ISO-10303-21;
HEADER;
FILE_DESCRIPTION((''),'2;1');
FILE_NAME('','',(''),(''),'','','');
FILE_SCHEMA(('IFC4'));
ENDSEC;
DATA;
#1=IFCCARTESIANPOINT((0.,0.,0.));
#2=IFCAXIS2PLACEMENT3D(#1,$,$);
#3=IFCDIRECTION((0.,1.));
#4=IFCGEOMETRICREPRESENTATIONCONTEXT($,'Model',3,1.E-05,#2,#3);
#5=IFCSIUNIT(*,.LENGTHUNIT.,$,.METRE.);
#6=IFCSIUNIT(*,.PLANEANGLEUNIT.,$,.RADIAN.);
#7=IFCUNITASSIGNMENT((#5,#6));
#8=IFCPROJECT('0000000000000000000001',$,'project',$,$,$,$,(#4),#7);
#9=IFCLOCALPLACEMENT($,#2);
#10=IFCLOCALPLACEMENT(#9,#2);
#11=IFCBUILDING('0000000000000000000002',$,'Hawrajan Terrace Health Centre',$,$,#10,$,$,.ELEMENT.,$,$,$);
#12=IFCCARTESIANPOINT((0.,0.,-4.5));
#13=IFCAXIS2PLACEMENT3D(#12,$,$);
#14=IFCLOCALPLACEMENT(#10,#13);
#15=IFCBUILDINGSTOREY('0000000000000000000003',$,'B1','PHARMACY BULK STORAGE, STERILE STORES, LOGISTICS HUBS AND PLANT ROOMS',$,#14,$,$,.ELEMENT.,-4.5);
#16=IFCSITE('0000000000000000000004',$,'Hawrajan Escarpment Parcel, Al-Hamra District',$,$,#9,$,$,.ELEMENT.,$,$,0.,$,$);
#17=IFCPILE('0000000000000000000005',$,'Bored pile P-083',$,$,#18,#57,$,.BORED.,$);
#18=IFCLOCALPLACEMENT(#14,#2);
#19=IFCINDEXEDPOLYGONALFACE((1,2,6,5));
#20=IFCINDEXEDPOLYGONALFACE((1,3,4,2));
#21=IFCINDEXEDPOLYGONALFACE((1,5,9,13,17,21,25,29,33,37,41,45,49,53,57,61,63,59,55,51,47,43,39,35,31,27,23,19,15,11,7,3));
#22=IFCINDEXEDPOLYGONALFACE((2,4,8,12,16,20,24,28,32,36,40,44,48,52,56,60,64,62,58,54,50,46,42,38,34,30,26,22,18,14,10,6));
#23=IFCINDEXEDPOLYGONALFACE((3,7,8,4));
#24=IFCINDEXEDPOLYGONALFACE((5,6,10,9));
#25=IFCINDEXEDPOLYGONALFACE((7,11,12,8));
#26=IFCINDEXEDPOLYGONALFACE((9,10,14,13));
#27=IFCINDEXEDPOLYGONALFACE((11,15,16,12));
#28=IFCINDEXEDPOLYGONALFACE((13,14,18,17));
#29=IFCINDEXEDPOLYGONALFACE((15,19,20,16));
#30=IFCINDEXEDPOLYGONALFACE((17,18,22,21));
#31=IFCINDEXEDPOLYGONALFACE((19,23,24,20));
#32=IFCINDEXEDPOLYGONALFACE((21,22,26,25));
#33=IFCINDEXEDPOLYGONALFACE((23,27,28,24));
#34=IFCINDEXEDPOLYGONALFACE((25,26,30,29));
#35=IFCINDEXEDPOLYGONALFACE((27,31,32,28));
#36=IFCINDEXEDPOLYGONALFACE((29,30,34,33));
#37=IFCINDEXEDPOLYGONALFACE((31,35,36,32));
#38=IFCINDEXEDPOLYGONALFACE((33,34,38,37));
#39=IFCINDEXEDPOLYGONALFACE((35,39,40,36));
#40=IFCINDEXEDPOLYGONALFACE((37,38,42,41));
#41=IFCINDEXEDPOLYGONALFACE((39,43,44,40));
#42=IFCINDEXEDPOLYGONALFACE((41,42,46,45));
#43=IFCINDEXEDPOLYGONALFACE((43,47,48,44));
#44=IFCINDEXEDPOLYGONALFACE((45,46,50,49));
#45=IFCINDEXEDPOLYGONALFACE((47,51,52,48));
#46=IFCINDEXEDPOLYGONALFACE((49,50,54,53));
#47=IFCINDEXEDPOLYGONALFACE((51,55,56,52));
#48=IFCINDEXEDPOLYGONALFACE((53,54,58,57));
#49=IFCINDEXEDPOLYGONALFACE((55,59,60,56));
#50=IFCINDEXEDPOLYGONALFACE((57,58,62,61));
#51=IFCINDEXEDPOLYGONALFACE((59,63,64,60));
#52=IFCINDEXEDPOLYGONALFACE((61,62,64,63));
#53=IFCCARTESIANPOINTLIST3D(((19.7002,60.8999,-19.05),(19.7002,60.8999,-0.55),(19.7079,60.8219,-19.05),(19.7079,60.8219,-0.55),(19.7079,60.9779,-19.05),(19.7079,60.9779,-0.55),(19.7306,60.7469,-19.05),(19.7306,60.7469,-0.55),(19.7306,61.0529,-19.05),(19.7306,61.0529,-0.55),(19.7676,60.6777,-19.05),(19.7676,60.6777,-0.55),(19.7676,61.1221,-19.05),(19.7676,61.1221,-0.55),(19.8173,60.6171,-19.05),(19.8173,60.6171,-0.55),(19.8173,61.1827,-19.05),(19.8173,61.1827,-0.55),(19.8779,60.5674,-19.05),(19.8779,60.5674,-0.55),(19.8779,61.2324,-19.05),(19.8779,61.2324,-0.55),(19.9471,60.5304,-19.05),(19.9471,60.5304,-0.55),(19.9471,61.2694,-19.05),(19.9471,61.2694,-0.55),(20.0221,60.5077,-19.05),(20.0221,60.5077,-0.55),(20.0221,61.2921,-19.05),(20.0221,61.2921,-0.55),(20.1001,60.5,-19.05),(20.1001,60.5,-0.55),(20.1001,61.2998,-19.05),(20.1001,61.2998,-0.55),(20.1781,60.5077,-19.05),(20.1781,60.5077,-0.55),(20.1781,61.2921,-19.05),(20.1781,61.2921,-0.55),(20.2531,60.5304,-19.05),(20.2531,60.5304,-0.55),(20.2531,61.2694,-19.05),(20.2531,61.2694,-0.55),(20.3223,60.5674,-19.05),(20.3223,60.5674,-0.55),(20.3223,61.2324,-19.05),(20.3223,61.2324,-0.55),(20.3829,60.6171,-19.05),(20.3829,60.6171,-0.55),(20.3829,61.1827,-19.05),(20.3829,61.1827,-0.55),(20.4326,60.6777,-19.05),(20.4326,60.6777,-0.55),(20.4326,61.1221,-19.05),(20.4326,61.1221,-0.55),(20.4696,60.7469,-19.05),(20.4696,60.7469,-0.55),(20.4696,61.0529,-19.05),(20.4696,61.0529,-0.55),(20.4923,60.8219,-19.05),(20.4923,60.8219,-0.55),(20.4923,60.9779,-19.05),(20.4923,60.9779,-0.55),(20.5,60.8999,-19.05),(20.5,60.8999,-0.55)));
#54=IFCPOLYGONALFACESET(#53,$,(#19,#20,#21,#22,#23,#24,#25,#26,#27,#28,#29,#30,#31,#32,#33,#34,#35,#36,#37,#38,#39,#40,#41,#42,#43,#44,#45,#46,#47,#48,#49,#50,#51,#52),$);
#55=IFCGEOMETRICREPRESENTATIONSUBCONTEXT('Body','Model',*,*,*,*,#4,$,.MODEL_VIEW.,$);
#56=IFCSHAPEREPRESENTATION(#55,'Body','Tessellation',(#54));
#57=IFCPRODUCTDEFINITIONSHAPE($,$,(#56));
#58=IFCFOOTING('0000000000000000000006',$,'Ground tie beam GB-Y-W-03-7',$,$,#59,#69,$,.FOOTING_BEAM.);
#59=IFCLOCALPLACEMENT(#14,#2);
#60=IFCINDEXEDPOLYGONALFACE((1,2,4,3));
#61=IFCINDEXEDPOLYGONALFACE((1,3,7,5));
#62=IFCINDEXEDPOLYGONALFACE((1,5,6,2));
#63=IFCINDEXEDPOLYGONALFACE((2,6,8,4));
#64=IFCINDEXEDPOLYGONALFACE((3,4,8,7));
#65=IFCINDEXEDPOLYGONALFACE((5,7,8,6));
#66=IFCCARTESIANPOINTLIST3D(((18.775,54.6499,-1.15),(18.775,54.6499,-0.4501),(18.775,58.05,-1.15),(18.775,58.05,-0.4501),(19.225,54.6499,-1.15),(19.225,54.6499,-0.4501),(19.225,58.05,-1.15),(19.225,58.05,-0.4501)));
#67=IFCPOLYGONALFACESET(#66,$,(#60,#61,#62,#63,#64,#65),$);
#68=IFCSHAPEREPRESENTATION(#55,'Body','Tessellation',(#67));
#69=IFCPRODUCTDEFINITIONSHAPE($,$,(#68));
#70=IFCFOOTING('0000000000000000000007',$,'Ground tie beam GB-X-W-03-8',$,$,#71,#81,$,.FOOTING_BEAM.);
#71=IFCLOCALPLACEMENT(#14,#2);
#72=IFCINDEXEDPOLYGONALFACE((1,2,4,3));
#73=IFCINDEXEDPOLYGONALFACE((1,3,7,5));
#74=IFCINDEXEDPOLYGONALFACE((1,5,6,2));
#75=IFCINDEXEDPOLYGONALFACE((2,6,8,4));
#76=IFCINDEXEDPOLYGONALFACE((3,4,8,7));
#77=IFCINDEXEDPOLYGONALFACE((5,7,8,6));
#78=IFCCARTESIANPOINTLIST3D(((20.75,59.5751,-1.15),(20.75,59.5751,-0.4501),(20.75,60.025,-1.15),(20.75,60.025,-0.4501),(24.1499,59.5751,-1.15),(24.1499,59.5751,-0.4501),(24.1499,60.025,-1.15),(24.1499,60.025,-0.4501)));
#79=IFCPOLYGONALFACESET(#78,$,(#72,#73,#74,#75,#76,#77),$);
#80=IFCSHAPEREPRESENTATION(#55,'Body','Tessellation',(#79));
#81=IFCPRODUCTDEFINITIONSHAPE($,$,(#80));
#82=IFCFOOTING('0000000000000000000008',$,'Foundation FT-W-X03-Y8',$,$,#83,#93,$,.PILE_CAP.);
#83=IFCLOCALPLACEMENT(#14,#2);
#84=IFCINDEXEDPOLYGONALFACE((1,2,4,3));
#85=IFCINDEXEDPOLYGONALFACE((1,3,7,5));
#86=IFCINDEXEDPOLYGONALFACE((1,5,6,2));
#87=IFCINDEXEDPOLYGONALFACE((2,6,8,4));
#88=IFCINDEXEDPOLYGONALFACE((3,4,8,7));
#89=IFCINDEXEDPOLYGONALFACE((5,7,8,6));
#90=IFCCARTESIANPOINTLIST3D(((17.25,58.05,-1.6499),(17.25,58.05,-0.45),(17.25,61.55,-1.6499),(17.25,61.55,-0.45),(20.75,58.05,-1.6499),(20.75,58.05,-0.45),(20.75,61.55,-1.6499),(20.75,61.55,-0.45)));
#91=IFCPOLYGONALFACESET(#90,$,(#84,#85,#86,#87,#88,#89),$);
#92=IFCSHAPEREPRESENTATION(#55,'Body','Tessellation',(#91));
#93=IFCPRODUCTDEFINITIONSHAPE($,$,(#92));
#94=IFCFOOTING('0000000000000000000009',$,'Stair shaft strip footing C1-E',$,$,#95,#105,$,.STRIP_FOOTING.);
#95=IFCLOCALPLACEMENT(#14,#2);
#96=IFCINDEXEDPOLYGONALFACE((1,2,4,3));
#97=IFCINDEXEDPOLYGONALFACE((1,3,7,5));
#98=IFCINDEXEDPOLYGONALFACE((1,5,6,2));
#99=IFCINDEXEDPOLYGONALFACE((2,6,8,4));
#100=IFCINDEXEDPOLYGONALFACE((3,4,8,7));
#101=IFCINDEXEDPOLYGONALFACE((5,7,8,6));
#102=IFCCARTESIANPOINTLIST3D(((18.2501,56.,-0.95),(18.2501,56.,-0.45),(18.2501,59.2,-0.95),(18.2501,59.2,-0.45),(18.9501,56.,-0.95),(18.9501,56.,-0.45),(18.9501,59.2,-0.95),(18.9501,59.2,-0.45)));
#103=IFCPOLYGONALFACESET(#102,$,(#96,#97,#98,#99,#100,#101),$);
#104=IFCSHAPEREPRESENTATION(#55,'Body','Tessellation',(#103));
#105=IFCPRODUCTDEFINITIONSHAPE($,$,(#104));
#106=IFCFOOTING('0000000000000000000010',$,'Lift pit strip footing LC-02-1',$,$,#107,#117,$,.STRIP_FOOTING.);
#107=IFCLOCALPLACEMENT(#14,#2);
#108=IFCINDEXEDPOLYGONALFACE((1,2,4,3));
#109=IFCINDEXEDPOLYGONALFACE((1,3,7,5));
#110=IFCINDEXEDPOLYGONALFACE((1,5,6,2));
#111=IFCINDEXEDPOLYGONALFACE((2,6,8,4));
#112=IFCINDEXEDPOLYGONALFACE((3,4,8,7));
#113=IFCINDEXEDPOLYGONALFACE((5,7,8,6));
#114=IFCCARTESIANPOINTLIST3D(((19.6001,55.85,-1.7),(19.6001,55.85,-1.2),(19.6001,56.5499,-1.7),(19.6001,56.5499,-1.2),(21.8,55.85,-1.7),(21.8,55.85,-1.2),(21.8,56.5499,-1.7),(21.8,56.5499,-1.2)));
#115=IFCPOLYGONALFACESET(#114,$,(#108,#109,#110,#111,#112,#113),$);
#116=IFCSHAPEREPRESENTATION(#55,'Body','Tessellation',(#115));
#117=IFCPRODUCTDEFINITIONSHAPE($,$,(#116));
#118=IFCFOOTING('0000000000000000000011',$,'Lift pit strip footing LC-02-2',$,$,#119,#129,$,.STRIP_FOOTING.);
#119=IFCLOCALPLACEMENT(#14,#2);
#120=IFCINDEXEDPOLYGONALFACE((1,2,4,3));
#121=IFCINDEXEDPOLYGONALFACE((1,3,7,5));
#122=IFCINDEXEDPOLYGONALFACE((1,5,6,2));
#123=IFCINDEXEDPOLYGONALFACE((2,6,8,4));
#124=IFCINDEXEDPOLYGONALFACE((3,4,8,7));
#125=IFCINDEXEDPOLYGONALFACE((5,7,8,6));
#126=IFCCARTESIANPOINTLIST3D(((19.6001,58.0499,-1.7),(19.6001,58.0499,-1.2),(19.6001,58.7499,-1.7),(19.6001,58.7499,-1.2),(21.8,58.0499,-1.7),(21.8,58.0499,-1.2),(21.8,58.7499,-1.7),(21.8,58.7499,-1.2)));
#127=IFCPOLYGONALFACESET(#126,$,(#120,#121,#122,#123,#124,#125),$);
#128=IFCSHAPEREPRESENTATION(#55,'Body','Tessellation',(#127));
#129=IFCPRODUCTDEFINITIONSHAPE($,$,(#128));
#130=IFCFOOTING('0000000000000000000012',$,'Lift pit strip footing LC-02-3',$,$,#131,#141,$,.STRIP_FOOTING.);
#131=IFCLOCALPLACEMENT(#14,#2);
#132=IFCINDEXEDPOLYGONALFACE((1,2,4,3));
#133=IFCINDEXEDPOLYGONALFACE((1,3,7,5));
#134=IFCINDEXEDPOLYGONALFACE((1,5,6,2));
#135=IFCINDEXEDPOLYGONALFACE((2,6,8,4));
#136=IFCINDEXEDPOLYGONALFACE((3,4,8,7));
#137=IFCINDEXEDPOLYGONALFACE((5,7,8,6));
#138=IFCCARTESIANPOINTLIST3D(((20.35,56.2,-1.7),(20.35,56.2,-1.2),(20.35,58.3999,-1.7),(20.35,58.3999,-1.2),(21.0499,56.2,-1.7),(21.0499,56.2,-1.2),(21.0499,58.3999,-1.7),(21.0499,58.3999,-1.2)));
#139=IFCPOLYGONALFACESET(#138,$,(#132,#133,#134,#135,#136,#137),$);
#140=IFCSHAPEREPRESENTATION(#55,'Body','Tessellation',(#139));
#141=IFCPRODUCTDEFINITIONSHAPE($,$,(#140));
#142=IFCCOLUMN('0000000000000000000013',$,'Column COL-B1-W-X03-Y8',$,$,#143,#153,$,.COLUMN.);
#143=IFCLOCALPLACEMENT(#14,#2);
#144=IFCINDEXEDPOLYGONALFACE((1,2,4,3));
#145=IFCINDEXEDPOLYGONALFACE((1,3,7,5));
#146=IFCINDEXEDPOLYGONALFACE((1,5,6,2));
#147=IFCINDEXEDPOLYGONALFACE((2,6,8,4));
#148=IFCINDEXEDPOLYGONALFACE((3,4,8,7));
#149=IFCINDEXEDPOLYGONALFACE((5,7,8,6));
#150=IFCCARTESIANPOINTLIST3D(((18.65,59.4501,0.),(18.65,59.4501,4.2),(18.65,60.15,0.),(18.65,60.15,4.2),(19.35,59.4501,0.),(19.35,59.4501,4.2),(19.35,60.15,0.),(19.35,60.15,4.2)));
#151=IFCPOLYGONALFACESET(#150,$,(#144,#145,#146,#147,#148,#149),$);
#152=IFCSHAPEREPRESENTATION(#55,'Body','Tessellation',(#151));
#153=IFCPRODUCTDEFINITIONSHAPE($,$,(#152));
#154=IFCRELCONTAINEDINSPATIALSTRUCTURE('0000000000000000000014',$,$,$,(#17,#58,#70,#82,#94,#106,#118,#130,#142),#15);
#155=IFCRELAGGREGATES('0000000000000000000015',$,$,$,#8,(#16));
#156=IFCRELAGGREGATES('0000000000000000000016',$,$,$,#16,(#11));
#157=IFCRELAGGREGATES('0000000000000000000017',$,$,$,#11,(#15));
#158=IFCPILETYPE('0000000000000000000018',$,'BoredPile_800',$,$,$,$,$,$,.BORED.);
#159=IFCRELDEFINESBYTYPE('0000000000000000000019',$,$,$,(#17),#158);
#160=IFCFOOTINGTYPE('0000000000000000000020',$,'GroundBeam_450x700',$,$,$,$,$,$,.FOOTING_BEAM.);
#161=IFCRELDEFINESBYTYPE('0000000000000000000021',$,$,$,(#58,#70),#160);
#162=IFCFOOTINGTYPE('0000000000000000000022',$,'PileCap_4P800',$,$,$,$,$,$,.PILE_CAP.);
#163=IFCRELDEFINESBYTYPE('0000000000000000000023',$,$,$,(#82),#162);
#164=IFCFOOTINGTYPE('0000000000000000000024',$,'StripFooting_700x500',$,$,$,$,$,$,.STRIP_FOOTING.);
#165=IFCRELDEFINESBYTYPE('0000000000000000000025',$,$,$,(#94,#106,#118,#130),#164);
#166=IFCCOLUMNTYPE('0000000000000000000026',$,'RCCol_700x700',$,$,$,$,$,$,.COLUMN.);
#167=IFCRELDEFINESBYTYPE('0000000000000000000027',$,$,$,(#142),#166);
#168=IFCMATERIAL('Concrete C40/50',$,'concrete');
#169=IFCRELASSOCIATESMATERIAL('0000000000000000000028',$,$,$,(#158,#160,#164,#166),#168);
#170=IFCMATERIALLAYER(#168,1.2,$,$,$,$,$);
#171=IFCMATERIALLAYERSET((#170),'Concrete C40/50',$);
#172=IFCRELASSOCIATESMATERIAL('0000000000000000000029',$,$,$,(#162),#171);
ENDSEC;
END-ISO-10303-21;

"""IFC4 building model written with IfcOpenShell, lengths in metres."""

from ifc_helpers import new_model, si_unit, direction, frame, origin, origin_2d, place, context, subcontext, project, spatial, rectangle, circle, extrude, material, layer, layer_set, material_profile, profile_set, type_object, element, save


model = new_model("IFC4")

# Units and contexts
model_context = context("Model", 3, precision=1e-05, world=origin(), true_north=direction((0.0, 1.0)))
body_context = subcontext(model_context, "Body", "Model", "MODEL_VIEW")
ifc_project = project(units=[si_unit("LENGTHUNIT", "METRE"), si_unit("PLANEANGLEUNIT", "RADIAN")], contexts=[model_context])

# Site, building, storey
site_placement = place(None, origin())
site = spatial("IfcSite", under=ifc_project, at=site_placement, Name="Hawrajan Escarpment Parcel, Al-Hamra District", CompositionType="ELEMENT", RefElevation=0.0)
building_placement = place(site_placement, origin())
building = spatial("IfcBuilding", under=site, at=building_placement, Name="Hawrajan Terrace Health Centre", CompositionType="ELEMENT")
storey_placement = place(building_placement, frame((0.0, 0.0, -4.5)))
storey = spatial("IfcBuildingStorey", under=building, at=storey_placement, Name="B1", Description="PHARMACY BULK STORAGE, STERILE STORES, LOGISTICS HUBS AND PLANT ROOMS", CompositionType="ELEMENT", Elevation=-4.5)

# Pile
ifc_material_1 = material(Name="Concrete C40/50", Category="concrete")
ifc_material_profile_1 = material_profile(ifc_material_1, circle(Radius=0.3999, at=origin_2d()), Name="BP 800")
ifc_profile_set_1 = profile_set([ifc_material_profile_1], Name="Concrete C40/50")
pile_type_1 = type_object("IfcPileType", Name="BoredPile_800", PredefinedType="BORED", material=ifc_profile_set_1)
for number, where, z_axis, x_axis, name in (
    (1, (20.1001, 60.8999, -0.55), (0.0, 0.0, -1.0), (1.0, 0.0, 0.0), "Bored pile P-083"),
):
    element("IfcPile", number, at=place(storey_placement, frame(where, z_axis=z_axis, x_axis=x_axis)), inside=storey, type_object=pile_type_1, Name=name, PredefinedType="BORED", context=body_context, shape_type="SweptSolid", body=[
        extrude(circle(Radius=0.3999, at=origin_2d()), origin(), (0.0, 0.0, 1.0), 18.5),
    ])

# Footings
ifc_material_profile_2 = material_profile(ifc_material_1, rectangle(XDim=0.45, YDim=0.7, at=origin_2d()), Name="RC BM 450x700")
ifc_profile_set_2 = profile_set([ifc_material_profile_2], Name="Concrete C40/50")
footing_type_1 = type_object("IfcFootingType", Name="GroundBeam_450x700", PredefinedType="FOOTING_BEAM", material=ifc_profile_set_2)
footing_1_placement = place(storey_placement, frame((19.0, 54.6499, -0.8), z_axis=(0.0, 1.0, 0.0), x_axis=(-1.0, 0.0, 0.0)))
element("IfcFooting", 2, at=footing_1_placement, inside=storey, type_object=footing_type_1, Name="Ground tie beam GB-Y-W-03-7", PredefinedType="FOOTING_BEAM", context=body_context, shape_type="SweptSolid", body=[
    extrude(rectangle(XDim=0.45, YDim=0.7, at=origin_2d()), origin(), (0.0, 0.0, 1.0), 3.4001),
])
footing_2_placement = place(storey_placement, frame((20.75, 59.8, -0.8), z_axis=(1.0, 0.0, 0.0), x_axis=(0.0, 1.0, 0.0)))
element("IfcFooting", 3, at=footing_2_placement, inside=storey, type_object=footing_type_1, Name="Ground tie beam GB-X-W-03-8", PredefinedType="FOOTING_BEAM", context=body_context, shape_type="SweptSolid", body=[
    extrude(rectangle(XDim=0.45, YDim=0.7, at=origin_2d()), origin(), (0.0, 0.0, 1.0), 3.3999),
])
ifc_layer_1 = layer(ifc_material_1, 1.2)
ifc_layer_set_1 = layer_set([ifc_layer_1], Name="Concrete C40/50")
footing_type_2 = type_object("IfcFootingType", Name="PileCap_4P800", PredefinedType="PILE_CAP", material=ifc_layer_set_1)
footing_3_placement = place(storey_placement, frame((19.0, 59.8, -1.6499), z_axis=(0.0, 0.0, 1.0), x_axis=(1.0, 0.0, 0.0)))
element("IfcFooting", 4, at=footing_3_placement, inside=storey, type_object=footing_type_2, Name="Foundation FT-W-X03-Y8", PredefinedType="PILE_CAP", context=body_context, shape_type="SweptSolid", body=[
    extrude(rectangle(XDim=3.5, YDim=3.5, at=origin_2d()), origin(), (0.0, 0.0, 1.0), 1.2),
])
ifc_material_profile_3 = material_profile(ifc_material_1, rectangle(XDim=0.7, YDim=0.5, at=origin_2d()), Name="RC STRIP 700x500")
ifc_profile_set_3 = profile_set([ifc_material_profile_3], Name="Concrete C40/50")
footing_type_3 = type_object("IfcFootingType", Name="StripFooting_700x500", PredefinedType="STRIP_FOOTING", material=ifc_profile_set_3)
footing_4_placement = place(storey_placement, frame((18.6001, 56.0, -0.7), z_axis=(0.0, 1.0, 0.0), x_axis=(-1.0, 0.0, 0.0)))
element("IfcFooting", 5, at=footing_4_placement, inside=storey, type_object=footing_type_3, Name="Stair shaft strip footing C1-E", PredefinedType="STRIP_FOOTING", context=body_context, shape_type="SweptSolid", body=[
    extrude(rectangle(XDim=0.7, YDim=0.5, at=origin_2d()), origin(), (0.0, 0.0, 1.0), 3.2),
])
for number, where, z_axis, x_axis, name in (
    (6, (19.6001, 56.2, -1.45), (1.0, 0.0, 0.0), (0.0, 1.0, 0.0), "Lift pit strip footing LC-02-1"),
    (7, (19.6001, 58.3999, -1.45), (1.0, 0.0, 0.0), (0.0, 1.0, 0.0), "Lift pit strip footing LC-02-2"),
    (8, (20.7, 56.2, -1.45), (0.0, 1.0, 0.0), (-1.0, 0.0, 0.0), "Lift pit strip footing LC-02-3"),
):
    element("IfcFooting", number, at=place(storey_placement, frame(where, z_axis=z_axis, x_axis=x_axis)), inside=storey, type_object=footing_type_3, Name=name, PredefinedType="STRIP_FOOTING", context=body_context, shape_type="SweptSolid", body=[
        extrude(rectangle(XDim=0.7, YDim=0.5, at=origin_2d()), origin(), (0.0, 0.0, 1.0), 2.2),
    ])

# Column
ifc_material_profile_4 = material_profile(ifc_material_1, rectangle(XDim=0.7, YDim=0.7, at=origin_2d()), Name="RC 700x700")
ifc_profile_set_4 = profile_set([ifc_material_profile_4], Name="Concrete C40/50")
column_type = type_object("IfcColumnType", Name="RCCol_700x700", PredefinedType="COLUMN", material=ifc_profile_set_4)
column_placement = place(storey_placement, frame((19.0, 59.8, 0.0), z_axis=(0.0, 0.0, 1.0), x_axis=(1.0, 0.0, 0.0)))
element("IfcColumn", 9, at=column_placement, inside=storey, type_object=column_type, Name="Column COL-B1-W-X03-Y8", PredefinedType="COLUMN", context=body_context, shape_type="SweptSolid", body=[
    extrude(rectangle(XDim=0.7, YDim=0.7, at=origin_2d()), origin(), (0.0, 0.0, 1.0), 4.2),
])

save(model, "model.ifc")
